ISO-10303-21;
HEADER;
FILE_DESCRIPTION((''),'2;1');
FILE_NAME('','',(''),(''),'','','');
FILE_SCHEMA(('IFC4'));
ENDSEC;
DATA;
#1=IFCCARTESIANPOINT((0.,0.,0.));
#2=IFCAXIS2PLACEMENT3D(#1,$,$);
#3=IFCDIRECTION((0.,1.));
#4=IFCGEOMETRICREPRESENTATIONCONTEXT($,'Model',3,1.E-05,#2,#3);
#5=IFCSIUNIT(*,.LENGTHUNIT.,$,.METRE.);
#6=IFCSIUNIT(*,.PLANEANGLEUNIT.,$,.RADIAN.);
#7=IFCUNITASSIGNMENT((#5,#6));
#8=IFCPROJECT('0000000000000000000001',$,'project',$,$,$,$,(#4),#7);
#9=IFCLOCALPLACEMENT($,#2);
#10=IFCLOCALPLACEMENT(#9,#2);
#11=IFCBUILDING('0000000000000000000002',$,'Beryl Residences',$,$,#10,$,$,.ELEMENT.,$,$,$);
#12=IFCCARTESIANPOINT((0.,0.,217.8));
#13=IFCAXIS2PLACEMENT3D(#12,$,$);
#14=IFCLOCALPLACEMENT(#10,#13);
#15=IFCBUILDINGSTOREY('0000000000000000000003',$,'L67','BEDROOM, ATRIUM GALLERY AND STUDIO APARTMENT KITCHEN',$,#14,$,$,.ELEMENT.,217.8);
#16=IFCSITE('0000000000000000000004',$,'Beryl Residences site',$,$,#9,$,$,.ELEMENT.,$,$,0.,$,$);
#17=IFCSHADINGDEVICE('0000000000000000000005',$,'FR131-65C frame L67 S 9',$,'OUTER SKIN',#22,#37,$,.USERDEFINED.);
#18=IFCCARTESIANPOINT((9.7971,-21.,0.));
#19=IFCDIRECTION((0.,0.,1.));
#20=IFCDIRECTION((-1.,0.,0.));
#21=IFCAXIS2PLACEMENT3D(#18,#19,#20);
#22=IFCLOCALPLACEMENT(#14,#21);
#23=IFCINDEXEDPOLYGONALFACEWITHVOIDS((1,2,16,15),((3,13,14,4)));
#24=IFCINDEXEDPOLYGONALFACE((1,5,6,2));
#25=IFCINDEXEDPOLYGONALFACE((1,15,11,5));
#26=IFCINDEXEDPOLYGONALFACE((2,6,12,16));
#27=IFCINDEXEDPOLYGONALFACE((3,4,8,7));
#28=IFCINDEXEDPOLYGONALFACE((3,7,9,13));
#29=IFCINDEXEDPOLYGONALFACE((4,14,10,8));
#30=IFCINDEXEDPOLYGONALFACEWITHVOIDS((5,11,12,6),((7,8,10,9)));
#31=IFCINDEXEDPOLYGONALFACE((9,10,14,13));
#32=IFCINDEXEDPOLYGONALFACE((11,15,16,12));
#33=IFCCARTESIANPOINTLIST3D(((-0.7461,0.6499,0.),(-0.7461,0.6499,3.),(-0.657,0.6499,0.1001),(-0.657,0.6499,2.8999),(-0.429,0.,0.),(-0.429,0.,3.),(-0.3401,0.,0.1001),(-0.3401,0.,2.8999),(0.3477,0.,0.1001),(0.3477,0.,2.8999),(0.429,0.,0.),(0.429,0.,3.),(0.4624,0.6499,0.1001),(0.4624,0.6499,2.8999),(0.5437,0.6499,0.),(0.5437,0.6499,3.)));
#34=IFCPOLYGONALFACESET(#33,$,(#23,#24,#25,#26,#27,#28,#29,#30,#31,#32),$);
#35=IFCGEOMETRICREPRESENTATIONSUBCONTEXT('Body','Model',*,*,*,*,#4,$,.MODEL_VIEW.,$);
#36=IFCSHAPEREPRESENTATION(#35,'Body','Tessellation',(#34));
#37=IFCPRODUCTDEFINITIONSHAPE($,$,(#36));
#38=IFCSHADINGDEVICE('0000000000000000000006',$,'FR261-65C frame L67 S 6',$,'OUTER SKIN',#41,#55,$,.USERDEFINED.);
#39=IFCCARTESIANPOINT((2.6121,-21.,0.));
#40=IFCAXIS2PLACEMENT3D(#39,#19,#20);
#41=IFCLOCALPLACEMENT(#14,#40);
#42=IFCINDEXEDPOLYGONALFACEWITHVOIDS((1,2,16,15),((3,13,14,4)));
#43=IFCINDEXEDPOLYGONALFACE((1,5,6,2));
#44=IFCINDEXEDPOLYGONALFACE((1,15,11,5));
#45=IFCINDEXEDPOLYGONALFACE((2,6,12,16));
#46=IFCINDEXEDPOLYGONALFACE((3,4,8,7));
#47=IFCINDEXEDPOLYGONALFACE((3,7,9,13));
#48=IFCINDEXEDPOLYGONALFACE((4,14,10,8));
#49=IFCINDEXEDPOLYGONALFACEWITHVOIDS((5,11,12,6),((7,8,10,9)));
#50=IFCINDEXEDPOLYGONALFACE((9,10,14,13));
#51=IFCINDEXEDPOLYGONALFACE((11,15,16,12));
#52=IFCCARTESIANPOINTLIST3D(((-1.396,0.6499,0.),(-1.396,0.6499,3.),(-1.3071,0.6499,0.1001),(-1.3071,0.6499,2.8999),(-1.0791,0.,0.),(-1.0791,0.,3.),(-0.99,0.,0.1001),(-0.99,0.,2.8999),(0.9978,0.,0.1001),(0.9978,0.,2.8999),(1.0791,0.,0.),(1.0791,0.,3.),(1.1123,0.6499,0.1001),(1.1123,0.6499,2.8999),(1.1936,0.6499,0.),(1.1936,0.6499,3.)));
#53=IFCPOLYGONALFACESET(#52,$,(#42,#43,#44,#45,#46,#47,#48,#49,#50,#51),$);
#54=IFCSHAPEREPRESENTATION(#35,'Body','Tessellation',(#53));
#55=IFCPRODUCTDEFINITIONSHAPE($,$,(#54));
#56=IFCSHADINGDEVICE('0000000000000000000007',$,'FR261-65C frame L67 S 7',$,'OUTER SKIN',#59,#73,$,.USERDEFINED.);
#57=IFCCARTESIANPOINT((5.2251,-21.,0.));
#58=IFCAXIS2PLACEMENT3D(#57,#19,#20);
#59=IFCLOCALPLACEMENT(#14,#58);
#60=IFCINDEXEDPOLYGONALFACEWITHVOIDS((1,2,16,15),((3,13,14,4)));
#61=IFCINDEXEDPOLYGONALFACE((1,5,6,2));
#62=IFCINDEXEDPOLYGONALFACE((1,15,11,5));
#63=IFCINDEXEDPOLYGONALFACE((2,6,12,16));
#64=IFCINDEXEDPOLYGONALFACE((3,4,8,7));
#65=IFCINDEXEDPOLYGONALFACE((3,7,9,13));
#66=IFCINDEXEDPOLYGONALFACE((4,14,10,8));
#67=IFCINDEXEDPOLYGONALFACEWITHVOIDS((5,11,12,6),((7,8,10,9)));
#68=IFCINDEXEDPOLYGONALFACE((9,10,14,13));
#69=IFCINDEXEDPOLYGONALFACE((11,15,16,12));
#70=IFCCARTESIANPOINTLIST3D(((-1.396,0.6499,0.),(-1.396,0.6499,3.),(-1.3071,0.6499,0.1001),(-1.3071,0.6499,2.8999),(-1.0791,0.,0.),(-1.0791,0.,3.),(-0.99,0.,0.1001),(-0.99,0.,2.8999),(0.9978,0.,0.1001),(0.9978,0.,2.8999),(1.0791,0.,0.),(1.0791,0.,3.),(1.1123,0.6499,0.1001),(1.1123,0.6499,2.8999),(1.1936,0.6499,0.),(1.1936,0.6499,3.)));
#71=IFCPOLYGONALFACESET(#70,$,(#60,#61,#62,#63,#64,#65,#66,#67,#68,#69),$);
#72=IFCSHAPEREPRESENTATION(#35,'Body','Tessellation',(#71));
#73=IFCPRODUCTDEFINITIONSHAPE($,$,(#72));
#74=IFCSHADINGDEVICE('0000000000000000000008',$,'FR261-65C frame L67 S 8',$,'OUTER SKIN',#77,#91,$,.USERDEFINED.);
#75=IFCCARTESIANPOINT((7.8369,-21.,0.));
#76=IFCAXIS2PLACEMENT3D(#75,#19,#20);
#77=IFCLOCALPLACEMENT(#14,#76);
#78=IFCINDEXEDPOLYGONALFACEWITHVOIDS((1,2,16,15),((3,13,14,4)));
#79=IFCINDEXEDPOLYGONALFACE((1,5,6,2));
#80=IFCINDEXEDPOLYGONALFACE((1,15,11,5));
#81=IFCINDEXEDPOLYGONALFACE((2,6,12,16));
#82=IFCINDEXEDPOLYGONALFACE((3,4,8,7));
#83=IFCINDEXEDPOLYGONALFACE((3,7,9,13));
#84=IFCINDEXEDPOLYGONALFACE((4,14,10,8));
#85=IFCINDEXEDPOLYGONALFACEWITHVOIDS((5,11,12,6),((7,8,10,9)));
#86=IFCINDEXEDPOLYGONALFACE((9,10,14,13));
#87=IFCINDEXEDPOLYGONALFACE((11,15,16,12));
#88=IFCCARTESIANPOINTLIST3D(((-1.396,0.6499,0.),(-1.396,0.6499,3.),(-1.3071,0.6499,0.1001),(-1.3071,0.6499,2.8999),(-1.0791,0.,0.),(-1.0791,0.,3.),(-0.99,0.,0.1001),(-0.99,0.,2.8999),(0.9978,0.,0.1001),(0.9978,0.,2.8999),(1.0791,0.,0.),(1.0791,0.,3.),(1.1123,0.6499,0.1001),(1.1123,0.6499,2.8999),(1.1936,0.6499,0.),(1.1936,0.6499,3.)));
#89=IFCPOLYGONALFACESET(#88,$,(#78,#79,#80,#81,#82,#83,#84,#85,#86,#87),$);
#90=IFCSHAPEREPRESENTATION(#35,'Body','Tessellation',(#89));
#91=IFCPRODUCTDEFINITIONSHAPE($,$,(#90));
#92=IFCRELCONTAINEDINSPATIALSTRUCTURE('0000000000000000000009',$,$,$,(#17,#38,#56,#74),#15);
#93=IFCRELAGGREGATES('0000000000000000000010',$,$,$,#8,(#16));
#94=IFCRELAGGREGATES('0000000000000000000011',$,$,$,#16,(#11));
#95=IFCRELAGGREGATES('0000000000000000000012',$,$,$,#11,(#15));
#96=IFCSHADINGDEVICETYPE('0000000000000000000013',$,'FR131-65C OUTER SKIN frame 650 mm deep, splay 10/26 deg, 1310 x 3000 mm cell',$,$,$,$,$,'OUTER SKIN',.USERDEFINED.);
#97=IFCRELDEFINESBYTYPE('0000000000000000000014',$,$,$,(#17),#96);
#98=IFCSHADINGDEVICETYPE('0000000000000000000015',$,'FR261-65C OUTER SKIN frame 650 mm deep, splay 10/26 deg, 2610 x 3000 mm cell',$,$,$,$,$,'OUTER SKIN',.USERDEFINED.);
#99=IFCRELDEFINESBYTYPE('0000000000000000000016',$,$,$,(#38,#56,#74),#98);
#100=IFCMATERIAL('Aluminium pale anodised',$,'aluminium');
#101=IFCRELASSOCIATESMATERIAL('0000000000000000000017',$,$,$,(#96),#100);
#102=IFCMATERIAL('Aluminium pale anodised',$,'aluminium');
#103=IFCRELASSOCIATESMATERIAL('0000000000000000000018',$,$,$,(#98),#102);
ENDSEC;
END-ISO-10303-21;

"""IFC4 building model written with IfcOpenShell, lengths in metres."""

from ifc_helpers import new_model, entity, si_unit, direction, frame, origin, place, context, subcontext, project, spatial, source, transform, mapped, material, type_object, type_shapes, element, save


model = new_model("IFC4")

# Units and contexts
model_context = context("Model", 3, precision=1e-05, world=origin(), true_north=direction((0.0, 1.0)))
body_context = subcontext(model_context, "Body", "Model", "MODEL_VIEW")
ifc_project = project(units=[si_unit("LENGTHUNIT", "METRE"), si_unit("PLANEANGLEUNIT", "RADIAN")], contexts=[model_context])

# Site, building, storey
site_placement = place(None, origin())
site = spatial("IfcSite", under=ifc_project, at=site_placement, Name="Beryl Residences site", CompositionType="ELEMENT", RefElevation=0.0)
building_placement = place(site_placement, origin())
building = spatial("IfcBuilding", under=site, at=building_placement, Name="Beryl Residences", CompositionType="ELEMENT")
storey_placement = place(building_placement, frame((0.0, 0.0, 217.8)))
storey = spatial("IfcBuildingStorey", under=building, at=storey_placement, Name="L67", Description="BEDROOM, ATRIUM GALLERY AND STUDIO APARTMENT KITCHEN", CompositionType="ELEMENT", Elevation=217.8)

# Shading devices
ifc_material_1 = material(Name="Aluminium pale anodised", Category="aluminium")
shading_device_type_1 = type_object("IfcShadingDeviceType", Name="FR131-65C OUTER SKIN frame 650 mm deep, splay 10/26 deg, 1310 x 3000 mm cell", ElementType="OUTER SKIN", PredefinedType="USERDEFINED", material=ifc_material_1)
cartesian_point_1 = entity("IfcCartesianPoint", [-0.429, 0.0])
cartesian_point_2 = entity("IfcCartesianPoint", [-0.3477, 0.1001])
cartesian_point_3 = entity("IfcCartesianPoint", [-0.5437, 0.0])
cartesian_point_4 = entity("IfcCartesianPoint", [-0.4624, 0.1001])
shared_shape_1 = source(origin(), body_context, "Body", "SweptSolid", [
    entity("IfcExtrudedAreaSolidTapered", entity("IfcArbitraryProfileDefWithVoids", "AREA", None, entity("IfcPolyline", [cartesian_point_1, entity("IfcCartesianPoint", [0.429, 0.0]), entity("IfcCartesianPoint", [0.429, 3.0]), entity("IfcCartesianPoint", [-0.429, 3.0]), cartesian_point_1]), [entity("IfcPolyline", [cartesian_point_2, entity("IfcCartesianPoint", [0.3401, 0.1001]), entity("IfcCartesianPoint", [0.3401, 2.8999]), entity("IfcCartesianPoint", [-0.3477, 2.8999]), cartesian_point_2])]), entity("IfcAxis2Placement3D", entity("IfcCartesianPoint", [0.0, 0.0, 0.0]), entity("IfcDirection", [0.0, 1.0, 0.0]), entity("IfcDirection", [-1.0, 0.0, 0.0])), entity("IfcDirection", [0.0, 0.0, 1.0]), 0.6499, entity("IfcArbitraryProfileDefWithVoids", "AREA", None, entity("IfcPolyline", [cartesian_point_3, entity("IfcCartesianPoint", [0.7461, 0.0]), entity("IfcCartesianPoint", [0.7461, 3.0]), entity("IfcCartesianPoint", [-0.5437, 3.0]), cartesian_point_3]), [entity("IfcPolyline", [cartesian_point_4, entity("IfcCartesianPoint", [0.657, 0.1001]), entity("IfcCartesianPoint", [0.657, 2.8999]), entity("IfcCartesianPoint", [-0.4624, 2.8999]), cartesian_point_4])])),
])
type_shapes(shading_device_type_1, [shared_shape_1])
shading_device_placement = place(storey_placement, frame((9.7971, -21.0, 0.0), z_axis=(0.0, 0.0, 1.0), x_axis=(-1.0, 0.0, 0.0)))
element("IfcShadingDevice", 1, at=shading_device_placement, inside=storey, type_object=shading_device_type_1, Name="FR131-65C frame L67 S 9", ObjectType="OUTER SKIN", PredefinedType="USERDEFINED", context=body_context, shape_type="MappedRepresentation", body=[
    mapped(shared_shape_1, transform((0.0, 0.0, 0.0))),
])
ifc_material_2 = material(Name="Aluminium pale anodised", Category="aluminium")
shading_device_type_2 = type_object("IfcShadingDeviceType", Name="FR261-65C OUTER SKIN frame 650 mm deep, splay 10/26 deg, 2610 x 3000 mm cell", ElementType="OUTER SKIN", PredefinedType="USERDEFINED", material=ifc_material_2)
cartesian_point_5 = entity("IfcCartesianPoint", [-1.0791, 0.0])
cartesian_point_6 = entity("IfcCartesianPoint", [-0.9978, 0.1001])
cartesian_point_7 = entity("IfcCartesianPoint", [-1.1936, 0.0])
cartesian_point_8 = entity("IfcCartesianPoint", [-1.1123, 0.1001])
shared_shape_2 = source(origin(), body_context, "Body", "SweptSolid", [
    entity("IfcExtrudedAreaSolidTapered", entity("IfcArbitraryProfileDefWithVoids", "AREA", None, entity("IfcPolyline", [cartesian_point_5, entity("IfcCartesianPoint", [1.0791, 0.0]), entity("IfcCartesianPoint", [1.0791, 3.0]), entity("IfcCartesianPoint", [-1.0791, 3.0]), cartesian_point_5]), [entity("IfcPolyline", [cartesian_point_6, entity("IfcCartesianPoint", [0.99, 0.1001]), entity("IfcCartesianPoint", [0.99, 2.8999]), entity("IfcCartesianPoint", [-0.9978, 2.8999]), cartesian_point_6])]), entity("IfcAxis2Placement3D", entity("IfcCartesianPoint", [0.0, 0.0, 0.0]), entity("IfcDirection", [0.0, 1.0, 0.0]), entity("IfcDirection", [-1.0, 0.0, 0.0])), entity("IfcDirection", [0.0, 0.0, 1.0]), 0.6499, entity("IfcArbitraryProfileDefWithVoids", "AREA", None, entity("IfcPolyline", [cartesian_point_7, entity("IfcCartesianPoint", [1.396, 0.0]), entity("IfcCartesianPoint", [1.396, 3.0]), entity("IfcCartesianPoint", [-1.1936, 3.0]), cartesian_point_7]), [entity("IfcPolyline", [cartesian_point_8, entity("IfcCartesianPoint", [1.3071, 0.1001]), entity("IfcCartesianPoint", [1.3071, 2.8999]), entity("IfcCartesianPoint", [-1.1123, 2.8999]), cartesian_point_8])])),
])
type_shapes(shading_device_type_2, [shared_shape_2])
for number, where, z_axis, x_axis, name in (
    (2, (2.6121, -21.0, 0.0), (0.0, 0.0, 1.0), (-1.0, 0.0, 0.0), "FR261-65C frame L67 S 6"),
    (3, (5.2251, -21.0, 0.0), (0.0, 0.0, 1.0), (-1.0, 0.0, 0.0), "FR261-65C frame L67 S 7"),
    (4, (7.8369, -21.0, 0.0), (0.0, 0.0, 1.0), (-1.0, 0.0, 0.0), "FR261-65C frame L67 S 8"),
):
    element("IfcShadingDevice", number, at=place(storey_placement, frame(where, z_axis=z_axis, x_axis=x_axis)), inside=storey, type_object=shading_device_type_2, Name=name, ObjectType="OUTER SKIN", PredefinedType="USERDEFINED", context=body_context, shape_type="MappedRepresentation", body=[
        mapped(shared_shape_2, transform((0.0, 0.0, 0.0))),
    ])

save(model, "model.ifc")
